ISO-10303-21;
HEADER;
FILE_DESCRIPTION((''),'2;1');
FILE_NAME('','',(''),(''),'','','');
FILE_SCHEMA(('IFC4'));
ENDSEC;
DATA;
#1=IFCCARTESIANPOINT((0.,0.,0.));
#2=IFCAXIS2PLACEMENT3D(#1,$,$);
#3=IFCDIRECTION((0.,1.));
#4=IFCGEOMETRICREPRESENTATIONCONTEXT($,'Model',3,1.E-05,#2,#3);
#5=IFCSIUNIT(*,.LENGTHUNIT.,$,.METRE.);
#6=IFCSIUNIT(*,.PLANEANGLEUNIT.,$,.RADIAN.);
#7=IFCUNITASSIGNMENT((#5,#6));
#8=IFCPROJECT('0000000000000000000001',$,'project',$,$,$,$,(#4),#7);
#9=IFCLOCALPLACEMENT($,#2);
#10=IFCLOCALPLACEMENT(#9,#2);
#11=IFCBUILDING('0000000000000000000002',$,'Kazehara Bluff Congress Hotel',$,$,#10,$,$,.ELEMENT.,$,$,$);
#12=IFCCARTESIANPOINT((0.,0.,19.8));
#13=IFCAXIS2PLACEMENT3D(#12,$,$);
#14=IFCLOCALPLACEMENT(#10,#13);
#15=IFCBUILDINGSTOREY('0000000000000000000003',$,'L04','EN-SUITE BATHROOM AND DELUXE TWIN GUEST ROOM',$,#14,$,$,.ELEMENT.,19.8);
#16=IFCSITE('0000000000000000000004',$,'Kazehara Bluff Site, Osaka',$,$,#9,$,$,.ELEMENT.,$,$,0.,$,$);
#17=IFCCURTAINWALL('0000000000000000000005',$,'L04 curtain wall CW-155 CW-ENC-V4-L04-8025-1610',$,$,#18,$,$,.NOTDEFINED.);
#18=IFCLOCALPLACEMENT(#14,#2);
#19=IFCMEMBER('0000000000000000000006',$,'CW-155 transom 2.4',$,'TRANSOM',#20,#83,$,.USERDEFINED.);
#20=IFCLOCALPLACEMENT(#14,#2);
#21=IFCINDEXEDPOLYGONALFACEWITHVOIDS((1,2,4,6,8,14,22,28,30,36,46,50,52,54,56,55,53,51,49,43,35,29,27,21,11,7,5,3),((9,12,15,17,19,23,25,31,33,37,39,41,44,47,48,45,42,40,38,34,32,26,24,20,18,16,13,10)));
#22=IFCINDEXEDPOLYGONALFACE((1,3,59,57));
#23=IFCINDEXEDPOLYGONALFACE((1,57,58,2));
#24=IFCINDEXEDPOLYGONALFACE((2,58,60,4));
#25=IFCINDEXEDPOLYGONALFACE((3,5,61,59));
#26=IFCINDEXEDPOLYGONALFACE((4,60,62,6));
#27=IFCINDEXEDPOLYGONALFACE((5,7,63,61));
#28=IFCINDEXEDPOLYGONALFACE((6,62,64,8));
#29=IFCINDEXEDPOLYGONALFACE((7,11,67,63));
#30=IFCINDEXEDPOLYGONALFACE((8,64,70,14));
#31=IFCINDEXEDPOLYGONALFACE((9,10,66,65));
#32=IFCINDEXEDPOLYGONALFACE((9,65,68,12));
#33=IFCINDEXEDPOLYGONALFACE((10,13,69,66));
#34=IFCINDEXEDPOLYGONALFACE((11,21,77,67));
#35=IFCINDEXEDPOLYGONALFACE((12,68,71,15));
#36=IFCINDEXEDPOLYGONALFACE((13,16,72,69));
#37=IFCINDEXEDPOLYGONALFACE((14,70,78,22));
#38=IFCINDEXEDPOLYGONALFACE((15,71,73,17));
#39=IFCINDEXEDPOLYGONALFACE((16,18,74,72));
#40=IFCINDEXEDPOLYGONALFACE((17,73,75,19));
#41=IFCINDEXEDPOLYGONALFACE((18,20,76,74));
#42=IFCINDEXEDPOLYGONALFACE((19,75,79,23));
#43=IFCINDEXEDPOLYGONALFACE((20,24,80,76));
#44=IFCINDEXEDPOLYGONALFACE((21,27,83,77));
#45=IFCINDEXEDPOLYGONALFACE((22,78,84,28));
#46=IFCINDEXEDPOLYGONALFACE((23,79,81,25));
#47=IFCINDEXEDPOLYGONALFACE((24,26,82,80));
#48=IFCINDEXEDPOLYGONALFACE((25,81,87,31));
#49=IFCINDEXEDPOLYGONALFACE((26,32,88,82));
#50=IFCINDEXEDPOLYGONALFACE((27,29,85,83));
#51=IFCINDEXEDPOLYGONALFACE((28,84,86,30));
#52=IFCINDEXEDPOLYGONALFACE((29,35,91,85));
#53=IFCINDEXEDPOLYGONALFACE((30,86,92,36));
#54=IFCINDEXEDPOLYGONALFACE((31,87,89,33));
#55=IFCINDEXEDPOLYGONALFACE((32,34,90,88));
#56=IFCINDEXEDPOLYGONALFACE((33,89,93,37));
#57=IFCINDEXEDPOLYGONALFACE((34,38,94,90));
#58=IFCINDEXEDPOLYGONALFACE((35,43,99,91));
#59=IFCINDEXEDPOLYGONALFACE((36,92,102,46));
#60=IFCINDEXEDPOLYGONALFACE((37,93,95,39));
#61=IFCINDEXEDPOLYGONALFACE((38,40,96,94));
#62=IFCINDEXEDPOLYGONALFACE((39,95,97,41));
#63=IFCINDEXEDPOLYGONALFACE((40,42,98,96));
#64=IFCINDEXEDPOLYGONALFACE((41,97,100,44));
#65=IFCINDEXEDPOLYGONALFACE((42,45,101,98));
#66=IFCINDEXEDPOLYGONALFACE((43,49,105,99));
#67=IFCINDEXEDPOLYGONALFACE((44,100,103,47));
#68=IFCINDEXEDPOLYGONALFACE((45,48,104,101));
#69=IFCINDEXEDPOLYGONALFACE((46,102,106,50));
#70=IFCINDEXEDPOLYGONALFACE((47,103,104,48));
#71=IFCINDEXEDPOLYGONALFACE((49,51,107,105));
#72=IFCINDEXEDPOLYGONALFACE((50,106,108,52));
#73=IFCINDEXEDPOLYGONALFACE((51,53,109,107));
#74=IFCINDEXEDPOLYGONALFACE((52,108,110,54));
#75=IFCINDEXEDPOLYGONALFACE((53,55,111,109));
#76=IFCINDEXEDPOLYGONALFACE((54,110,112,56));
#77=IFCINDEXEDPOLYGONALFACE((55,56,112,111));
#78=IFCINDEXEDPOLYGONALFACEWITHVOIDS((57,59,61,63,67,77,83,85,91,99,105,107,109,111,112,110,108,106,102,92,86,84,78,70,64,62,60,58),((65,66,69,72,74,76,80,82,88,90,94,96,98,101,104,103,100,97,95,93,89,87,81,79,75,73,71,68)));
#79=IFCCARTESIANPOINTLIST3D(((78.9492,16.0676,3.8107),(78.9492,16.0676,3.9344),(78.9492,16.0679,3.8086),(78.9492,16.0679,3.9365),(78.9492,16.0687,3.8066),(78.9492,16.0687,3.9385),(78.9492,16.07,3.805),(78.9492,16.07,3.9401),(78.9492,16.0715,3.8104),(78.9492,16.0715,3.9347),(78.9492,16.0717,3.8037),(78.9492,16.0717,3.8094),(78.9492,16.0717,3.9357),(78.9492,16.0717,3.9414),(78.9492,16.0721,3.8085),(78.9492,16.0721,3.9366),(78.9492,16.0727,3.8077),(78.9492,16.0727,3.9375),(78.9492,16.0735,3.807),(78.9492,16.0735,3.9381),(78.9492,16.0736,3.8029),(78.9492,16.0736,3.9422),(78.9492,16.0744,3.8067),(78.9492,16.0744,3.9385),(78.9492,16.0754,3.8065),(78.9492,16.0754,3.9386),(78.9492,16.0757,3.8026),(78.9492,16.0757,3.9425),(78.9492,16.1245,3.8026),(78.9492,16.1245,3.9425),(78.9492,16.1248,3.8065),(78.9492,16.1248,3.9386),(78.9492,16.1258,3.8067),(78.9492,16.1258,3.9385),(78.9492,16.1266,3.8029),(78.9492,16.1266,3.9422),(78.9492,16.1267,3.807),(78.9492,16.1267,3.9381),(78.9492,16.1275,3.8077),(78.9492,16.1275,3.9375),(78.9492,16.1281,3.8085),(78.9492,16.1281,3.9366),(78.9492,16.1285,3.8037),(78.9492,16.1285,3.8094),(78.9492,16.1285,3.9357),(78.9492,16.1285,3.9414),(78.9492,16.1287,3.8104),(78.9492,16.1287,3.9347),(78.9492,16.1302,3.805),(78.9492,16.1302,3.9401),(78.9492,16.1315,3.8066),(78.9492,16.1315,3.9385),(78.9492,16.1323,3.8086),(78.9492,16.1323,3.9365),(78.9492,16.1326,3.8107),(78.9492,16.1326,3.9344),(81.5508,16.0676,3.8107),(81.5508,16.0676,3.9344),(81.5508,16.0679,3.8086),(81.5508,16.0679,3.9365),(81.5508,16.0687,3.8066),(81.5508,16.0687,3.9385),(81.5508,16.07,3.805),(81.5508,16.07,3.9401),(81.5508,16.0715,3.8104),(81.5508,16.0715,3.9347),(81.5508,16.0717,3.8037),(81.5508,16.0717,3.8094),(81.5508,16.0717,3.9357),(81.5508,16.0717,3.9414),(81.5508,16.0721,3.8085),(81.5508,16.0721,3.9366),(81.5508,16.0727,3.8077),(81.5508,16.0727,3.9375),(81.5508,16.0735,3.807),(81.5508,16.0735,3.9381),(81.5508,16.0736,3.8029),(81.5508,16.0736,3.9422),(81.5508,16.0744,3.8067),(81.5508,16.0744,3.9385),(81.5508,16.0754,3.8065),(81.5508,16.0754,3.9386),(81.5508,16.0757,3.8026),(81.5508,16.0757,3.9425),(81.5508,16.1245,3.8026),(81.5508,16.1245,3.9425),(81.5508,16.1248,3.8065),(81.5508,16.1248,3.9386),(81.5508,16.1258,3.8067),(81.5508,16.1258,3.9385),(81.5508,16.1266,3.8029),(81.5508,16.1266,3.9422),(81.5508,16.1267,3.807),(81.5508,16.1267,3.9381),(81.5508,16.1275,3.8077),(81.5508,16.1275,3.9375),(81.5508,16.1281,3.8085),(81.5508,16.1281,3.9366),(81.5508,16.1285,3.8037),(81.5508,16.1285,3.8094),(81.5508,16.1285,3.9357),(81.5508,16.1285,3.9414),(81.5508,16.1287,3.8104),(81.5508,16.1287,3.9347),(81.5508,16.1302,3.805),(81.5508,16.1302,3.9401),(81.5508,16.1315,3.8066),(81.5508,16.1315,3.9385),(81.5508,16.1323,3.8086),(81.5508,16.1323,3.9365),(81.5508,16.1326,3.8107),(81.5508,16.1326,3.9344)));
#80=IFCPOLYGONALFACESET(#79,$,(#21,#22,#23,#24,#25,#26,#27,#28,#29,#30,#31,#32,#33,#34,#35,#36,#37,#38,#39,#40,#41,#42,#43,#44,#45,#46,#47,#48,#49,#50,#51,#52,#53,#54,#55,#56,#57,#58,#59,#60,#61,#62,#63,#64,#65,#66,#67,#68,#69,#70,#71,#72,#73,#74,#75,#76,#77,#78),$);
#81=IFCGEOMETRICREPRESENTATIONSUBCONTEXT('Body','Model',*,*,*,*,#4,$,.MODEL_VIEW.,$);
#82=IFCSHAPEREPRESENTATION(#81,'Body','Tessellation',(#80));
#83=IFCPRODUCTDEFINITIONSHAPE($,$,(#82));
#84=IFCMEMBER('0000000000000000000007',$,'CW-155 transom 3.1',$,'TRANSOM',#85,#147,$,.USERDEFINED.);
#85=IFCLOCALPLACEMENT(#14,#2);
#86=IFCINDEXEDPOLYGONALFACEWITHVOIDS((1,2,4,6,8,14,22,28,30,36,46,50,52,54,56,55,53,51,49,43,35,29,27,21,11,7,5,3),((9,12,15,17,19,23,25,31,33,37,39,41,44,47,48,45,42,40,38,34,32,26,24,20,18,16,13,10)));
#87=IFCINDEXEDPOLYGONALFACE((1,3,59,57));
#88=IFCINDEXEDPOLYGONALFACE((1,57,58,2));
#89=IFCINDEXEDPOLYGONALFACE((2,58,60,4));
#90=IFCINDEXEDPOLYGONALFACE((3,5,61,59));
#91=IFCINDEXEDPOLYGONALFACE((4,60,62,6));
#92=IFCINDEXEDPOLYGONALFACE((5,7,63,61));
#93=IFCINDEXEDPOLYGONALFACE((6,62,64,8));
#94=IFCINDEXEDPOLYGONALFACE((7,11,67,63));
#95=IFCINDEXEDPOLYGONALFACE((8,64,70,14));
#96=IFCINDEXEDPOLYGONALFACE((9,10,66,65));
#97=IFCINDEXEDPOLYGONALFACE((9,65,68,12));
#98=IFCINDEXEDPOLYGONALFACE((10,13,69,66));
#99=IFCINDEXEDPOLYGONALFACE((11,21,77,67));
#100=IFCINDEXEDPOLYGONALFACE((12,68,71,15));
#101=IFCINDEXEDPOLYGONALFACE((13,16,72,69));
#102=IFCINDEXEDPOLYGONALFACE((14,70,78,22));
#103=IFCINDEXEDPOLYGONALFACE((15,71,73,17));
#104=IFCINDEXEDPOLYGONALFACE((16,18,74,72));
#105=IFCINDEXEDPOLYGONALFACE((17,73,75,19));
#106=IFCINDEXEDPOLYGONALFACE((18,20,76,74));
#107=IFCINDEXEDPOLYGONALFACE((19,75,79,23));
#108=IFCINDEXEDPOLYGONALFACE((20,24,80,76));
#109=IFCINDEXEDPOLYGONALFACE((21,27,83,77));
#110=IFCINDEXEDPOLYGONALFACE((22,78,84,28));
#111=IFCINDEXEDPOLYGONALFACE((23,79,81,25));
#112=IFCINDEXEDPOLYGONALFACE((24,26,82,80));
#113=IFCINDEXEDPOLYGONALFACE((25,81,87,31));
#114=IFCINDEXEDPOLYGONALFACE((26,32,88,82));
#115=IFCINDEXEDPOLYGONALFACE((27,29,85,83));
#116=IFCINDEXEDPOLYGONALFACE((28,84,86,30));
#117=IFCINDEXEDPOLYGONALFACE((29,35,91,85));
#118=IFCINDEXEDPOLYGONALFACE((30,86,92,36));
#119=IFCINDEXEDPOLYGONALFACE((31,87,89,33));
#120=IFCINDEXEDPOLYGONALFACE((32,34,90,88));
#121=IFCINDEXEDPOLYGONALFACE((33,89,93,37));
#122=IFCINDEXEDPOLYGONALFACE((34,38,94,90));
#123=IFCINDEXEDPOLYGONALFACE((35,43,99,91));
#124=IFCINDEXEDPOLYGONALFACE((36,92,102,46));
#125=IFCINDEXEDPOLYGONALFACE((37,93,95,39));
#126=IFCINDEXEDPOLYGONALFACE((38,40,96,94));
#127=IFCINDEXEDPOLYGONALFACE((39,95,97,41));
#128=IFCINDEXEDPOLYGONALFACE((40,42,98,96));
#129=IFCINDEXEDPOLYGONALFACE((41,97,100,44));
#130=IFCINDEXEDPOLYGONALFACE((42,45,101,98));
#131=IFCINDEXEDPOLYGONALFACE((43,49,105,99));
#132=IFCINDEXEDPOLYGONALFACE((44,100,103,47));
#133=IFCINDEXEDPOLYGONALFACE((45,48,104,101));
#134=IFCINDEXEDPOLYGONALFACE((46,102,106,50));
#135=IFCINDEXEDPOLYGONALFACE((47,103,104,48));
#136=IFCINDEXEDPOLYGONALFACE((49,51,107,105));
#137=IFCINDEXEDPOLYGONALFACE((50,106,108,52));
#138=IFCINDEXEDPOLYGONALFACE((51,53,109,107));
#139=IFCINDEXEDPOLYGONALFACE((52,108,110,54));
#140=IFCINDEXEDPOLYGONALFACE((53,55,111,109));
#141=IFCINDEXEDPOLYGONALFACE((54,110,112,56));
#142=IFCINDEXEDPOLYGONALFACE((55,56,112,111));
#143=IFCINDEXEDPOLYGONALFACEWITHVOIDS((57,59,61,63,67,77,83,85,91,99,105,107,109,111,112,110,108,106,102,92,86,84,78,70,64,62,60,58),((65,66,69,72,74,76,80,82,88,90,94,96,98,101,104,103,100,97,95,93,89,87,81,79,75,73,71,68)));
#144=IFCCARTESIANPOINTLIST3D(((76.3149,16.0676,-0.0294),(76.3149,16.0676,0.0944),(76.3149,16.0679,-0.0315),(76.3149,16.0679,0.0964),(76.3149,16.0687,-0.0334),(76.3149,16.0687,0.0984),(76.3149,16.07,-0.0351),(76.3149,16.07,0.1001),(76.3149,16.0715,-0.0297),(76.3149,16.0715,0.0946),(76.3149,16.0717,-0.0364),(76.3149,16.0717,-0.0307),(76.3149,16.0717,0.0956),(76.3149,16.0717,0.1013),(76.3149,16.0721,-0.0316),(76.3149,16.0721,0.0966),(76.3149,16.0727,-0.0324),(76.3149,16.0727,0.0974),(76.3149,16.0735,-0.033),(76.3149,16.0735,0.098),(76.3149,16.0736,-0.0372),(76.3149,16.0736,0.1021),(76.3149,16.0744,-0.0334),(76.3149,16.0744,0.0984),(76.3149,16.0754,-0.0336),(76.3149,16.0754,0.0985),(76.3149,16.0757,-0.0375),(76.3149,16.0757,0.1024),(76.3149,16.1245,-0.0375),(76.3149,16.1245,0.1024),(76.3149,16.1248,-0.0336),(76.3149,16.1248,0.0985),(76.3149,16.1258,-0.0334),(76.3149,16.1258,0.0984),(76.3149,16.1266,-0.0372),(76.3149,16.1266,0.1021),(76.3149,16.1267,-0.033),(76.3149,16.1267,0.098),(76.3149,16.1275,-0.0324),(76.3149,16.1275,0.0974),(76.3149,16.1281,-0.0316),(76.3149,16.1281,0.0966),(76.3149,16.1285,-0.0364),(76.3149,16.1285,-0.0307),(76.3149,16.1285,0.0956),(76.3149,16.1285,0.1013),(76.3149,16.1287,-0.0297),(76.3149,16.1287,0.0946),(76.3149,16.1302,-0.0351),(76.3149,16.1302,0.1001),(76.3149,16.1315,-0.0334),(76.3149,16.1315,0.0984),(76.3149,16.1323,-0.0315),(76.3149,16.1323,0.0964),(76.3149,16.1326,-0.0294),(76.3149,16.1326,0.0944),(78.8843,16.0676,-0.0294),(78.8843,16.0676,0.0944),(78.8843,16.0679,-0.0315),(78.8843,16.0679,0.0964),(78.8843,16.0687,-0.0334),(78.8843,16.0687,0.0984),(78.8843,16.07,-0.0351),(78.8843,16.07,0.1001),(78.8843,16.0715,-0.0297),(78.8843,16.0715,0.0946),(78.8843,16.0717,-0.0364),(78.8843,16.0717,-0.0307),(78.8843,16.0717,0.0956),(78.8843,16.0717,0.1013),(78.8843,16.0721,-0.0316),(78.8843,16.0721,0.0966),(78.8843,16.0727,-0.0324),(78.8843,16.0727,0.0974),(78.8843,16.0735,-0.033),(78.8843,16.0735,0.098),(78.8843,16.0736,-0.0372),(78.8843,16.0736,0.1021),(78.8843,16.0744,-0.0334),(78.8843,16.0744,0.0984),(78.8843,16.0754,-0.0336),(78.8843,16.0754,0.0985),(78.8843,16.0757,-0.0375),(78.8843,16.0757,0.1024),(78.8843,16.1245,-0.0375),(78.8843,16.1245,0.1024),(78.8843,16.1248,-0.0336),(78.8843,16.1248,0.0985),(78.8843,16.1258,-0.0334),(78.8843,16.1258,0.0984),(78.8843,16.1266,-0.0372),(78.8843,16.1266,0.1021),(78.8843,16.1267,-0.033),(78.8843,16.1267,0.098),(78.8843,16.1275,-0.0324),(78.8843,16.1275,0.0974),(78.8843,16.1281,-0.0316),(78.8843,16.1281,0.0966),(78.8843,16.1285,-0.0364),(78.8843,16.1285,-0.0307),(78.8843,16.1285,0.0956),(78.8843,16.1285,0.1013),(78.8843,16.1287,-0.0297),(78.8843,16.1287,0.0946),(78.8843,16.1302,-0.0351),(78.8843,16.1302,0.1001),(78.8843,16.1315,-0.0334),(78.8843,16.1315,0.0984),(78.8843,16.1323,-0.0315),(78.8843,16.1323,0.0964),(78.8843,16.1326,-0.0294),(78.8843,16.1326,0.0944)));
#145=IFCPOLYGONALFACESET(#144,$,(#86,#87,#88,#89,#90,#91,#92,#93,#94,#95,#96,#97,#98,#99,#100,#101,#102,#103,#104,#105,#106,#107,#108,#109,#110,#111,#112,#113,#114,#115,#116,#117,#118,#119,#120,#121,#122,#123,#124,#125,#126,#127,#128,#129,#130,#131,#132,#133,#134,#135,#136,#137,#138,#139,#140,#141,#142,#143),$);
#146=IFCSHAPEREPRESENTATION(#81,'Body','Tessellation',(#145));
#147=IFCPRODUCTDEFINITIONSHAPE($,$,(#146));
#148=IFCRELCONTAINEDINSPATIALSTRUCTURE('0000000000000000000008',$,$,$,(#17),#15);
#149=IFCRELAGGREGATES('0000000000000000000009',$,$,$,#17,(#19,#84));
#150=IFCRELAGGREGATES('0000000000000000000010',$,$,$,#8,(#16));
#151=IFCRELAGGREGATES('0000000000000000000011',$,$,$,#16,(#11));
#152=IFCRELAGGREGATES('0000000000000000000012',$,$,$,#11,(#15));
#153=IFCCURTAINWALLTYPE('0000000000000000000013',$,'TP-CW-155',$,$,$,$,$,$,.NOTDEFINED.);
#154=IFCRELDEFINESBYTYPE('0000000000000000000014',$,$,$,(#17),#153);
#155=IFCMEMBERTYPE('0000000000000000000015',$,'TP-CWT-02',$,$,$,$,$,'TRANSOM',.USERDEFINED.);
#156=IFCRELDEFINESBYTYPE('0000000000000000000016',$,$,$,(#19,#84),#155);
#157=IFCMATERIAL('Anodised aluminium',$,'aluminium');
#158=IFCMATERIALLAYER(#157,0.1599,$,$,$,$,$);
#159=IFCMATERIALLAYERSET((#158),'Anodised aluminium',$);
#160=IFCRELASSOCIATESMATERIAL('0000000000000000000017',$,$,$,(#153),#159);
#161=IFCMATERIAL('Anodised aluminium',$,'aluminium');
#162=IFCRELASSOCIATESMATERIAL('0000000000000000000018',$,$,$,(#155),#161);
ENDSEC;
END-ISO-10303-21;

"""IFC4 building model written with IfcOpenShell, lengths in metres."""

from ifc_helpers import new_model, si_unit, direction, frame, origin, origin_2d, place, context, subcontext, project, spatial, hollow_rectangle, extrude, material, layer, layer_set, material_profile, profile_set, type_object, element, aggregate, save


model = new_model("IFC4")

# Units and contexts
model_context = context("Model", 3, precision=1e-05, world=origin(), true_north=direction((0.0, 1.0)))
body_context = subcontext(model_context, "Body", "Model", "MODEL_VIEW")
ifc_project = project(units=[si_unit("LENGTHUNIT", "METRE"), si_unit("PLANEANGLEUNIT", "RADIAN")], contexts=[model_context])

# Site, building, storey
site_placement = place(None, origin())
site = spatial("IfcSite", under=ifc_project, at=site_placement, Name="Kazehara Bluff Site, Osaka", CompositionType="ELEMENT", RefElevation=0.0)
building_placement = place(site_placement, origin())
building = spatial("IfcBuilding", under=site, at=building_placement, Name="Kazehara Bluff Congress Hotel", CompositionType="ELEMENT")
storey_placement = place(building_placement, frame((0.0, 0.0, 19.8)))
storey = spatial("IfcBuildingStorey", under=building, at=storey_placement, Name="L04", Description="EN-SUITE BATHROOM AND DELUXE TWIN GUEST ROOM", CompositionType="ELEMENT", Elevation=19.8)

# Curtain wall
ifc_material_1 = material(Name="Anodised aluminium", Category="aluminium")
ifc_layer_1 = layer(ifc_material_1, 0.1599)
ifc_layer_set_1 = layer_set([ifc_layer_1], Name="Anodised aluminium")
curtain_wall_type_1 = type_object("IfcCurtainWallType", Name="TP-CW-155", PredefinedType="NOTDEFINED", material=ifc_layer_set_1)
curtain_wall_1_placement = place(storey_placement, origin())
curtain_wall_1 = element("IfcCurtainWall", 1, at=curtain_wall_1_placement, inside=storey, type_object=curtain_wall_type_1, Name="L04 curtain wall CW-155 CW-ENC-V4-L04-8025-1610", PredefinedType="NOTDEFINED")
ifc_material_2 = material(Name="Anodised aluminium", Category="aluminium")
ifc_material_profile_1 = material_profile(ifc_material_2, hollow_rectangle(XDim=0.0649, YDim=0.1399, WallThickness=0.0039, InnerFilletRadius=0.0039, OuterFilletRadius=0.0081, at=origin_2d()))
ifc_profile_set_1 = profile_set([ifc_material_profile_1], Name="Anodised aluminium")
member_type_1 = type_object("IfcMemberType", Name="TP-CWT-02", ElementType="TRANSOM", PredefinedType="USERDEFINED", material=ifc_profile_set_1)

# Members
member_1_placement = place(storey_placement, frame((81.5508, 16.1001, 3.8726), z_axis=(-1.0, 0.0, 0.0), x_axis=(0.0, -1.0, 0.0)))
member_1 = element("IfcMember", 2, at=member_1_placement, type_object=member_type_1, Name="CW-155 transom 2.4", ObjectType="TRANSOM", PredefinedType="USERDEFINED", context=body_context, shape_type="SweptSolid", body=[
    extrude(hollow_rectangle(XDim=0.0649, YDim=0.1399, WallThickness=0.0039, InnerFilletRadius=0.0039, OuterFilletRadius=0.0081, at=origin_2d()), origin(), (0.0, 0.0, 1.0), 2.6016),
])
member_2_placement = place(storey_placement, frame((78.8843, 16.1001, 0.0325), z_axis=(-1.0, 0.0, 0.0), x_axis=(0.0, -1.0, 0.0)))
member_2 = element("IfcMember", 3, at=member_2_placement, type_object=member_type_1, Name="CW-155 transom 3.1", ObjectType="TRANSOM", PredefinedType="USERDEFINED", context=body_context, shape_type="SweptSolid", body=[
    extrude(hollow_rectangle(XDim=0.0649, YDim=0.1399, WallThickness=0.0039, InnerFilletRadius=0.0039, OuterFilletRadius=0.0081, at=origin_2d()), origin(), (0.0, 0.0, 1.0), 2.5693),
])

aggregate(curtain_wall_1, [member_1, member_2])

save(model, "model.ifc")
